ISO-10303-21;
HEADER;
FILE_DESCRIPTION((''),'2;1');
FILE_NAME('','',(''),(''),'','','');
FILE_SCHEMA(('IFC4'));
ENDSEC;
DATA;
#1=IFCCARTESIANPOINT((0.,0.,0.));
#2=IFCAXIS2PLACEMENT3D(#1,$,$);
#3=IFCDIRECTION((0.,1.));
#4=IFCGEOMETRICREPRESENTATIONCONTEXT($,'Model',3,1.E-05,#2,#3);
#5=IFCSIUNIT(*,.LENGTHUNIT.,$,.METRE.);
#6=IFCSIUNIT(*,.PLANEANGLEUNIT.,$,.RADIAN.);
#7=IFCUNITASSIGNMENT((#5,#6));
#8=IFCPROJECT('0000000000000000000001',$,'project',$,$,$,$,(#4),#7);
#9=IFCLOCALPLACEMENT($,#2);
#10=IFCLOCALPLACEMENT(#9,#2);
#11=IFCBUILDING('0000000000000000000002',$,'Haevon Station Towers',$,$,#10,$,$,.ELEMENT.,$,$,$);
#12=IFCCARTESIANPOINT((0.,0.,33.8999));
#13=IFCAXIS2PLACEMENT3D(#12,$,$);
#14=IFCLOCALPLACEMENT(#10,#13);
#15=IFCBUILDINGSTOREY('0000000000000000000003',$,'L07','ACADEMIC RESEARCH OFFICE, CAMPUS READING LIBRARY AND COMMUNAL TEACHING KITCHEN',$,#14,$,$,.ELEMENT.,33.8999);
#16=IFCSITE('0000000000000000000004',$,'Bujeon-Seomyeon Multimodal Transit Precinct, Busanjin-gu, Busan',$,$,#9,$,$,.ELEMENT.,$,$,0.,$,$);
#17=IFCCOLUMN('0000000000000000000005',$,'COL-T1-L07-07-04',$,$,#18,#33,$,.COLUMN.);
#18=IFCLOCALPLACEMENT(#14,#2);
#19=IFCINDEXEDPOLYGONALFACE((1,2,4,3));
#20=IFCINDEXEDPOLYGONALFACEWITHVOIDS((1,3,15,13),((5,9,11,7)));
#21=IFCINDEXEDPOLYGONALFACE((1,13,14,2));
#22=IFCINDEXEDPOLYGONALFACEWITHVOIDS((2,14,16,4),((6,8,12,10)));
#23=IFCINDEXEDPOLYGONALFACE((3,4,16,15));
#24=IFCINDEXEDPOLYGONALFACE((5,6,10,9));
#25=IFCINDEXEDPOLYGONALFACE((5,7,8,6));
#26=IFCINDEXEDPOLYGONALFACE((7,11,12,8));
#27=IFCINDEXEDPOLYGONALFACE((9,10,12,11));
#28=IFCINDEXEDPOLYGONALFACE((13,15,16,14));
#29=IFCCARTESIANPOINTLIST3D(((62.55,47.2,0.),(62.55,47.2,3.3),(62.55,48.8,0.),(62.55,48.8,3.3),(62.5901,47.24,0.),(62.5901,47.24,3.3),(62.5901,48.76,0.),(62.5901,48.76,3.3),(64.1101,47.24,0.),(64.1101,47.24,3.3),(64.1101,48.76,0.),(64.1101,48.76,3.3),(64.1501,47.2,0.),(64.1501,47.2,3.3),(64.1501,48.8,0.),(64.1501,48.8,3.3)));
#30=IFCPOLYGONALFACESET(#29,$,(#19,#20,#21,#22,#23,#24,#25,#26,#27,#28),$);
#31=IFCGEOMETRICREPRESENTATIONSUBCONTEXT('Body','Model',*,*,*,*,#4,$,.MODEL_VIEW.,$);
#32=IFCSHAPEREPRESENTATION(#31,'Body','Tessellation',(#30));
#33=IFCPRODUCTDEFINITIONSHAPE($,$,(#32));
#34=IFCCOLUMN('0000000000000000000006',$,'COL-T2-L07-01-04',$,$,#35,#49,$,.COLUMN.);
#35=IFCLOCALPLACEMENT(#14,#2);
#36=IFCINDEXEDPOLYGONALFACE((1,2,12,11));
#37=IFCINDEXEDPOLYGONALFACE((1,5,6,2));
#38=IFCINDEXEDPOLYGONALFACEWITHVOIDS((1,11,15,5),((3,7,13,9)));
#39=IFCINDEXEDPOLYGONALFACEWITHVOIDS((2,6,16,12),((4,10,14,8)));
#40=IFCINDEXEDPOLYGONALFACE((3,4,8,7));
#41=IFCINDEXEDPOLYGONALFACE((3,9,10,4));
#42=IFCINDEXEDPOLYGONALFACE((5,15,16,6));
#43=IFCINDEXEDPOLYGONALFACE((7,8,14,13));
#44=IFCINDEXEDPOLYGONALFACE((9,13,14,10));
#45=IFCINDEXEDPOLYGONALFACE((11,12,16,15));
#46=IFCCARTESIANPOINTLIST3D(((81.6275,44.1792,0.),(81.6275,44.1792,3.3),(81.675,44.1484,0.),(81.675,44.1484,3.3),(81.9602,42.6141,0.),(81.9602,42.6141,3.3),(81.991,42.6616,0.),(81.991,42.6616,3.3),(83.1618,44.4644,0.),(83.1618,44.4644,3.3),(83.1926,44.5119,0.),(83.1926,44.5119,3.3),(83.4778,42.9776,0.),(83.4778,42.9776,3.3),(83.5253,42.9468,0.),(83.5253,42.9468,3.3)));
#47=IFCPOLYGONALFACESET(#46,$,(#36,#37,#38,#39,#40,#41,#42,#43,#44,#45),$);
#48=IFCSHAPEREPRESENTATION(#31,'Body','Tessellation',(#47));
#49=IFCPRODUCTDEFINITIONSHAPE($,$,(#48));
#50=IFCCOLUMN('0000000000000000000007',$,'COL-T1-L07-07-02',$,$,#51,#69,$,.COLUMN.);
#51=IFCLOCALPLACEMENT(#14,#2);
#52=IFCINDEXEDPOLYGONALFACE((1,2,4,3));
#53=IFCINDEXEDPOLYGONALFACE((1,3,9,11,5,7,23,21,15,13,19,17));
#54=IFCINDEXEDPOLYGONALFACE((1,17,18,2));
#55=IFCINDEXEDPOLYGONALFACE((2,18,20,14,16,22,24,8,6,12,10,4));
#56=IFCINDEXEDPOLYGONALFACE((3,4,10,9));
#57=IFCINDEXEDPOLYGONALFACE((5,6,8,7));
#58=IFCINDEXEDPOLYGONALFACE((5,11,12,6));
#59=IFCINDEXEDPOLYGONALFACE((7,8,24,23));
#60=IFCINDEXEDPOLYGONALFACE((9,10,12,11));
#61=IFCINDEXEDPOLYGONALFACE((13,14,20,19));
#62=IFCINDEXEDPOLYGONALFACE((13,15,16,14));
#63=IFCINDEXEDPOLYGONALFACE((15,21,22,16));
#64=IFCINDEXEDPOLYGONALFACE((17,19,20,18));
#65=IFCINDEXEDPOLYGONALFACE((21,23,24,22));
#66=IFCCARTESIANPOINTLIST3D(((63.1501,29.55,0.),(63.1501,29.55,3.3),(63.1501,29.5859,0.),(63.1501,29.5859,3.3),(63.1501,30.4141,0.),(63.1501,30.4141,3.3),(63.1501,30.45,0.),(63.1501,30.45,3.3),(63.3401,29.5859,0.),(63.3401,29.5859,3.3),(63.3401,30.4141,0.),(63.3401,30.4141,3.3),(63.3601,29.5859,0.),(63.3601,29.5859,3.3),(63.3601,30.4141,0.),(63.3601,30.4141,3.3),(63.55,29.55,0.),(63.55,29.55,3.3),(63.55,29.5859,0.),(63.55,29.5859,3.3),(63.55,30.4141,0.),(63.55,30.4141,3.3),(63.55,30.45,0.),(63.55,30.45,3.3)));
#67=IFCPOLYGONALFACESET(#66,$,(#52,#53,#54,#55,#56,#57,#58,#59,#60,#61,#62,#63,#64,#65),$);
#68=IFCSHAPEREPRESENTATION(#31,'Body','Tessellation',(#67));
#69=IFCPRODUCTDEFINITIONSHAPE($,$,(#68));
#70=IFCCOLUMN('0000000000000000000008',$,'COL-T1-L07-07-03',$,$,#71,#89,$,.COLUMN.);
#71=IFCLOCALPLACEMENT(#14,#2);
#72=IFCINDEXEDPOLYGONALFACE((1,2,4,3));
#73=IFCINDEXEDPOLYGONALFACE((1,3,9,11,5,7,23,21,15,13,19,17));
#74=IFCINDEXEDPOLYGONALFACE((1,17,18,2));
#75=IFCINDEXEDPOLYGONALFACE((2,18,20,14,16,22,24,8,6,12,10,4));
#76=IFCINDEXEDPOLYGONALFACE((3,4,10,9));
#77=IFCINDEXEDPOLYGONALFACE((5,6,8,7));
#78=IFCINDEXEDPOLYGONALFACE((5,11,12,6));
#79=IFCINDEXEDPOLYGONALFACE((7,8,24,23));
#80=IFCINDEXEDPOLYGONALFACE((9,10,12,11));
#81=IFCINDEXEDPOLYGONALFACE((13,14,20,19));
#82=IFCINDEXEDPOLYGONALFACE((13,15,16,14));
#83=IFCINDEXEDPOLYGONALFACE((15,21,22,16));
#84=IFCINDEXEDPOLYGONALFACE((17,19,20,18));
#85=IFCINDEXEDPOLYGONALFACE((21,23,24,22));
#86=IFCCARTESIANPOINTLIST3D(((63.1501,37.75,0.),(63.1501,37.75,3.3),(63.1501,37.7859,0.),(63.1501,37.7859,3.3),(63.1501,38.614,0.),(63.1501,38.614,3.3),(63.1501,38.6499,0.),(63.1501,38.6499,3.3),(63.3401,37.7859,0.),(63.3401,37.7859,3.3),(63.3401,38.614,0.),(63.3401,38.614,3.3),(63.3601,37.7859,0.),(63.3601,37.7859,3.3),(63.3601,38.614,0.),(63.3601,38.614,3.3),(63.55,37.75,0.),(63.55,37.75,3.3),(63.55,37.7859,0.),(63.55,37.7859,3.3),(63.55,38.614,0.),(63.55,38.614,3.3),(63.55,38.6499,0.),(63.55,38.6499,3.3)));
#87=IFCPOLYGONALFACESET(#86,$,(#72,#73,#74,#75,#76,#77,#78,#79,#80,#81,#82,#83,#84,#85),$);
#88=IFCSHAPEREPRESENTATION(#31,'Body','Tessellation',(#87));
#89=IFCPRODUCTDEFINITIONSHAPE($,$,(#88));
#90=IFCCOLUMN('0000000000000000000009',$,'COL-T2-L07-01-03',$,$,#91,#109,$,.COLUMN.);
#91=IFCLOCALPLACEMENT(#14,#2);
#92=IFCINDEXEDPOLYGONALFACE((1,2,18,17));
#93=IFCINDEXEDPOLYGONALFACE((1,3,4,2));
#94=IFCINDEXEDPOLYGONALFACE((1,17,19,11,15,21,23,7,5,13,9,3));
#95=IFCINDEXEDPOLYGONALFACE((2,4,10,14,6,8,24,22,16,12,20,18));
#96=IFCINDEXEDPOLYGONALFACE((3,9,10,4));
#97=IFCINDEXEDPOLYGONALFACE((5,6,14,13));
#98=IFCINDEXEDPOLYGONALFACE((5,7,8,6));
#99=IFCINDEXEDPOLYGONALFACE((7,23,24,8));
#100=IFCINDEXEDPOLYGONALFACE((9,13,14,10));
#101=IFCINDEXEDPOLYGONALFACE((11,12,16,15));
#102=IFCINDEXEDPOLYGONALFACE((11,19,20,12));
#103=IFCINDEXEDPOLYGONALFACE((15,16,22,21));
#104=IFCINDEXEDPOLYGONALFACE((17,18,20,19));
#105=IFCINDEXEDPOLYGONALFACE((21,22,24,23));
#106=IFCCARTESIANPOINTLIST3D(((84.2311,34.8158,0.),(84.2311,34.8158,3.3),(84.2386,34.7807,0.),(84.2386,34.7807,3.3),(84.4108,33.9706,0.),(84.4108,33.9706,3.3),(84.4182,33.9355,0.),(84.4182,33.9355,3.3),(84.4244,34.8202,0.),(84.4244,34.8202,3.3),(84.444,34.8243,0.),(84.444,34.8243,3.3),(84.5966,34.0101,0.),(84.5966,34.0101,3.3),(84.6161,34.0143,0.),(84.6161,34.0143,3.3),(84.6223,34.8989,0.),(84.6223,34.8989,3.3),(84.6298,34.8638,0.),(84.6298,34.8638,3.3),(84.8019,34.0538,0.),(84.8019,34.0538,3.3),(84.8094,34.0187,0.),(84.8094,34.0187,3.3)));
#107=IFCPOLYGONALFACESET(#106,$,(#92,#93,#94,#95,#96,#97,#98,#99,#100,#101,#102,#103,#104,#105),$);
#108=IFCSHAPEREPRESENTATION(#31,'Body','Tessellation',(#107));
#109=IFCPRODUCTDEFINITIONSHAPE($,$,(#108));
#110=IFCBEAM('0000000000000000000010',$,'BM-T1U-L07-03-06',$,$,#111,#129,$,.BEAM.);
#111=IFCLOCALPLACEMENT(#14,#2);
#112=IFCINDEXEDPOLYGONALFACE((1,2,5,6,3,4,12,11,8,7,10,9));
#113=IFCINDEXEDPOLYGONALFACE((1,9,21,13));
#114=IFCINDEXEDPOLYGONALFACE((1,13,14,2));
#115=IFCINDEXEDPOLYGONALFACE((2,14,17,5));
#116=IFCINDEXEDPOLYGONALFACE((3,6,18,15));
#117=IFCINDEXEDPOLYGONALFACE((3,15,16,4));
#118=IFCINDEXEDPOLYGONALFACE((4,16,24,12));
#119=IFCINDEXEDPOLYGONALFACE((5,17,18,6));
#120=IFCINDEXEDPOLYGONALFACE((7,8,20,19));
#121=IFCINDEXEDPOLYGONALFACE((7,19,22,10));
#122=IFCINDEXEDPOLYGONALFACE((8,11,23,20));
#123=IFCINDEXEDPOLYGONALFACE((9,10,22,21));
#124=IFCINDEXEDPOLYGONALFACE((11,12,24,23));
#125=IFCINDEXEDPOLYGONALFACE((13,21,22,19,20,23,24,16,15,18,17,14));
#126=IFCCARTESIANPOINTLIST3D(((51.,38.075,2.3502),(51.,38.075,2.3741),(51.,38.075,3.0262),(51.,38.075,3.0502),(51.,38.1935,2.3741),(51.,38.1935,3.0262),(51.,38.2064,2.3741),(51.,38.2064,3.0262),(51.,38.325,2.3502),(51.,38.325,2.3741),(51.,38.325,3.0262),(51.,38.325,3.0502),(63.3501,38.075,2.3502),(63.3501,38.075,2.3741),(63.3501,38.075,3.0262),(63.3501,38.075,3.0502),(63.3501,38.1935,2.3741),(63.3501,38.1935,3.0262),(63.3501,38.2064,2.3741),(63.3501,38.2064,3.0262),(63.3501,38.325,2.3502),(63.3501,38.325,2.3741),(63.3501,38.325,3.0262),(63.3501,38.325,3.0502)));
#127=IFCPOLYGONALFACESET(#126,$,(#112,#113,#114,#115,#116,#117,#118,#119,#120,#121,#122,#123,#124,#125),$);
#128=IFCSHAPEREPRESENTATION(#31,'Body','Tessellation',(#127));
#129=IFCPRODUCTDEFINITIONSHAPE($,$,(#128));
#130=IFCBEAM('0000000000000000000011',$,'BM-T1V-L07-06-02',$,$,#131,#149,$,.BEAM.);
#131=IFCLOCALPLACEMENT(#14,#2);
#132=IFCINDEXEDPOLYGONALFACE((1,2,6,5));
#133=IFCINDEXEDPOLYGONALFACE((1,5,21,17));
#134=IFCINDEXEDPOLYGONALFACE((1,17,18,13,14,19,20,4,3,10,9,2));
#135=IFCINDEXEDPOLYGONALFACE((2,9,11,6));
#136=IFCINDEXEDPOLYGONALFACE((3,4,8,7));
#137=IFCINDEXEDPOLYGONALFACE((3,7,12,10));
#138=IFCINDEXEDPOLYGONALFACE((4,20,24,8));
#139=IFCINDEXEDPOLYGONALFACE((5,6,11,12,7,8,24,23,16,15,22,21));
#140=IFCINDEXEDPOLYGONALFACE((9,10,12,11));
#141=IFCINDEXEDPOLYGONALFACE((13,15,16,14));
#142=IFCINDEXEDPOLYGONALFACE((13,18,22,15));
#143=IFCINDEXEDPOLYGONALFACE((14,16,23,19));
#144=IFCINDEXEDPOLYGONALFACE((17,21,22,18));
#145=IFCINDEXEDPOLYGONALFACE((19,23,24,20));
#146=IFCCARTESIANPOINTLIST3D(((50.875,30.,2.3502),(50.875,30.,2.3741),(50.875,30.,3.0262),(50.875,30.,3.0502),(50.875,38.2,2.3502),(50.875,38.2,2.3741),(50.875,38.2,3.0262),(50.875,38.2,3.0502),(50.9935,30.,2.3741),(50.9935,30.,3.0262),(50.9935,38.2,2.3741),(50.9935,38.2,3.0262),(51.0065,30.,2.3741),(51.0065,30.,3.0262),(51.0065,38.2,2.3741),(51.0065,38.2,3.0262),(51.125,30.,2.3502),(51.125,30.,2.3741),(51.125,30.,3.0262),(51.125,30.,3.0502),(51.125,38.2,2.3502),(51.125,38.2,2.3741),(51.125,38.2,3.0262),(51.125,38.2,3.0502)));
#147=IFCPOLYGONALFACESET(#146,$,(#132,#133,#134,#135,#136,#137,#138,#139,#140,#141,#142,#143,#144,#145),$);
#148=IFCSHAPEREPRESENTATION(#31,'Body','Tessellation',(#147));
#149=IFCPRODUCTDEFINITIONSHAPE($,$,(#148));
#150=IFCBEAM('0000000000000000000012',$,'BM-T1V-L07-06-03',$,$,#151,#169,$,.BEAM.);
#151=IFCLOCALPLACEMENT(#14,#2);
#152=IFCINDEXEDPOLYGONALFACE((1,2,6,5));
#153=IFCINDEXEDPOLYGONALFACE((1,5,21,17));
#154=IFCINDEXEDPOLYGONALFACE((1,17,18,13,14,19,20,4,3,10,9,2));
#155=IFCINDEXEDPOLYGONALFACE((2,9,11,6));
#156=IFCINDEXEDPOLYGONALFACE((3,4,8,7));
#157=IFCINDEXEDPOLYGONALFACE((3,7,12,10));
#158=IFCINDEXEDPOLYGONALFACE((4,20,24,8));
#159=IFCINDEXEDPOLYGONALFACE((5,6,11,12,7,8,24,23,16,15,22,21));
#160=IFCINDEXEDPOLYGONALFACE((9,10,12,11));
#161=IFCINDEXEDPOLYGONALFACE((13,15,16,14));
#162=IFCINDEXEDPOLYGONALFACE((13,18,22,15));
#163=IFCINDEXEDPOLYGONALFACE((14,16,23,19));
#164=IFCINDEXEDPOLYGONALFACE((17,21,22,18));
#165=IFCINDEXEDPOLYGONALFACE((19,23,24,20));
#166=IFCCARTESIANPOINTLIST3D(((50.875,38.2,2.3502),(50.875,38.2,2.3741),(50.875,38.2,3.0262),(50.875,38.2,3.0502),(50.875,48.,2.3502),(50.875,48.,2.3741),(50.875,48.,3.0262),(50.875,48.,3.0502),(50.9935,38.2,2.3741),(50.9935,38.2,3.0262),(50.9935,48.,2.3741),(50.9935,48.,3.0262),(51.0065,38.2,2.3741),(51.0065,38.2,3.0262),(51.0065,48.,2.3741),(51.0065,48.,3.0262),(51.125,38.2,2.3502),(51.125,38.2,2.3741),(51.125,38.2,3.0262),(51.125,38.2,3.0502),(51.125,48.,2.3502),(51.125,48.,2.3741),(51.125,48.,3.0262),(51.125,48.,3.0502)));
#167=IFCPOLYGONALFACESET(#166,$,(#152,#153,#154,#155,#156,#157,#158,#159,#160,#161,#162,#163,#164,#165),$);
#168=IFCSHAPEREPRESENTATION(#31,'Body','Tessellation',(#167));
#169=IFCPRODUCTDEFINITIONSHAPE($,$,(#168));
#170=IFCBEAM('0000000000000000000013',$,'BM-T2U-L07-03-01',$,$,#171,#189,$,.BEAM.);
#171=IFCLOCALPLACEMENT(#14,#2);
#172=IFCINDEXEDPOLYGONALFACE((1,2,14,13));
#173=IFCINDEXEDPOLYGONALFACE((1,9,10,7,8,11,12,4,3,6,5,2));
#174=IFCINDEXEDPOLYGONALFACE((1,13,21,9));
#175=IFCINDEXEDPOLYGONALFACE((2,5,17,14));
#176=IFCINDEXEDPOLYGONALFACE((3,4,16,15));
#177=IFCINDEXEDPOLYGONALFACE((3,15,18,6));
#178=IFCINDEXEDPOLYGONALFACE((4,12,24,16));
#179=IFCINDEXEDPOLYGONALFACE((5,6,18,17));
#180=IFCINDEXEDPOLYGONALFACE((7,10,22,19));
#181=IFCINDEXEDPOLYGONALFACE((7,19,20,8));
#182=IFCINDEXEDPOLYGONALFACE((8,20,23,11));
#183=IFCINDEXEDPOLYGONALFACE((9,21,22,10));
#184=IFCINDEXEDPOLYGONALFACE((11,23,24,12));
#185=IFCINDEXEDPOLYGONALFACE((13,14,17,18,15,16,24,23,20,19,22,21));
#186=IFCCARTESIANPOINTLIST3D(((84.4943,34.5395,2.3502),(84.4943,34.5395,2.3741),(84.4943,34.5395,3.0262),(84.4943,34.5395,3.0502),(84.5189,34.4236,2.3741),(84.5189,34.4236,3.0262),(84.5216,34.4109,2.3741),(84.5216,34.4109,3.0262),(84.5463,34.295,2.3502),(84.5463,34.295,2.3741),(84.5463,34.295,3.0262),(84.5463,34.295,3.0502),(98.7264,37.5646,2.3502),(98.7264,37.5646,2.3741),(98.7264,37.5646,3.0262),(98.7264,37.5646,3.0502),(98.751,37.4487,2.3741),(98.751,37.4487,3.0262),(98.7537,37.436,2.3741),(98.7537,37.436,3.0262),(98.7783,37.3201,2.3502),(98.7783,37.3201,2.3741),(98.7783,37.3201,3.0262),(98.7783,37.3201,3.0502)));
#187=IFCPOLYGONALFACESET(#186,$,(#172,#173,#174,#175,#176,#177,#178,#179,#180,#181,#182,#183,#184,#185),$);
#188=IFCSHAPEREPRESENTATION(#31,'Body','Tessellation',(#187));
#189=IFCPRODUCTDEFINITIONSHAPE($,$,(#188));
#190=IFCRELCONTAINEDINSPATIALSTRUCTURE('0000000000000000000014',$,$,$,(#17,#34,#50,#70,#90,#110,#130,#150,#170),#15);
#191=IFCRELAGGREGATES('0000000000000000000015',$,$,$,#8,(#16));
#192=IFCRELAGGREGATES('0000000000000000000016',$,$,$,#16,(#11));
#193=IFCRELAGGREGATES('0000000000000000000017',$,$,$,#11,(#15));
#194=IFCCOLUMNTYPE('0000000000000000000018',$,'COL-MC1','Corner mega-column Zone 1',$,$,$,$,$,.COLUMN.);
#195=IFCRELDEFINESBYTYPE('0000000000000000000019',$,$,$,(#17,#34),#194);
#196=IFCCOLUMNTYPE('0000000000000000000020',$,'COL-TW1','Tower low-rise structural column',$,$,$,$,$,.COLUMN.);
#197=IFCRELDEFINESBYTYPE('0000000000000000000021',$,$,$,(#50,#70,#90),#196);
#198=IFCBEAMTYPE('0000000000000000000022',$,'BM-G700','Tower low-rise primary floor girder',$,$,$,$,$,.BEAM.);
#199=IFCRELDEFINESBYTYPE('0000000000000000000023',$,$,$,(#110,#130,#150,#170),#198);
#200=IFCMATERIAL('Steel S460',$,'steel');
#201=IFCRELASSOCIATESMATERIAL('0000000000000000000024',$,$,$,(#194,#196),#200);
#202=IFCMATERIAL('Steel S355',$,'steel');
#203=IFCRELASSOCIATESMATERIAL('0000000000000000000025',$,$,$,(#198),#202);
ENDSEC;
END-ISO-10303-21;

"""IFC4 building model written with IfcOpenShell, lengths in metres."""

from ifc_helpers import new_model, si_unit, direction, frame, origin, origin_2d, place, context, subcontext, project, spatial, hollow_rectangle, i_section, extrude, material, material_profile, profile_set, type_object, element, save


model = new_model("IFC4")

# Units and contexts
model_context = context("Model", 3, precision=1e-05, world=origin(), true_north=direction((0.0, 1.0)))
body_context = subcontext(model_context, "Body", "Model", "MODEL_VIEW")
ifc_project = project(units=[si_unit("LENGTHUNIT", "METRE"), si_unit("PLANEANGLEUNIT", "RADIAN")], contexts=[model_context])

# Site, building, storey
site_placement = place(None, origin())
site = spatial("IfcSite", under=ifc_project, at=site_placement, Name="Bujeon-Seomyeon Multimodal Transit Precinct, Busanjin-gu, Busan", CompositionType="ELEMENT", RefElevation=0.0)
building_placement = place(site_placement, origin())
building = spatial("IfcBuilding", under=site, at=building_placement, Name="Haevon Station Towers", CompositionType="ELEMENT")
storey_placement = place(building_placement, frame((0.0, 0.0, 33.8999)))
storey = spatial("IfcBuildingStorey", under=building, at=storey_placement, Name="L07", Description="ACADEMIC RESEARCH OFFICE, CAMPUS READING LIBRARY AND COMMUNAL TEACHING KITCHEN", CompositionType="ELEMENT", Elevation=33.8999)

# Columns
ifc_material_1 = material(Name="Steel S460", Category="steel")
ifc_material_profile_1 = material_profile(ifc_material_1, hollow_rectangle(XDim=1.6001, YDim=1.6001, WallThickness=0.04, at=origin_2d()), Name="BOX-1600x1600x40")
ifc_profile_set_1 = profile_set([ifc_material_profile_1], Name="Steel S460")
column_type_1 = type_object("IfcColumnType", Name="COL-MC1", Description="Corner mega-column Zone 1", PredefinedType="COLUMN", material=ifc_profile_set_1)
for number, where, z_axis, x_axis, name in (
    (1, (63.3501, 48.0, 0.0), (0.0, 0.0, 1.0), (1.0, 0.0, 0.0), "COL-T1-L07-07-04"),
    (2, (82.5764, 43.563, 0.0), (0.0, 0.0, 1.0), (0.978148, 0.207912, 0.0), "COL-T2-L07-01-04"),
):
    element("IfcColumn", number, at=place(storey_placement, frame(where, z_axis=z_axis, x_axis=x_axis)), inside=storey, type_object=column_type_1, Name=name, PredefinedType="COLUMN", context=body_context, shape_type="SweptSolid", body=[
        extrude(hollow_rectangle(XDim=1.6001, YDim=1.6001, WallThickness=0.04, at=origin_2d()), origin(), (0.0, 0.0, 1.0), 3.3),
    ])
ifc_material_profile_2 = material_profile(ifc_material_1, i_section(OverallWidth=0.3999, OverallDepth=0.8999, WebThickness=0.02, FlangeThickness=0.0359, at=origin_2d()), Name="H-900x400x20x36")
ifc_profile_set_2 = profile_set([ifc_material_profile_2], Name="Steel S460")
column_type_2 = type_object("IfcColumnType", Name="COL-TW1", Description="Tower low-rise structural column", PredefinedType="COLUMN", material=ifc_profile_set_2)
for number, where, z_axis, x_axis, name in (
    (3, (63.3501, 30.0, 0.0), (0.0, 0.0, 1.0), (1.0, 0.0, 0.0), "COL-T1-L07-07-02"),
    (4, (63.3501, 38.2, 0.0), (0.0, 0.0, 1.0), (1.0, 0.0, 0.0), "COL-T1-L07-07-03"),
    (5, (84.5203, 34.4172, 0.0), (0.0, 0.0, 1.0), (0.978148, 0.207912, 0.0), "COL-T2-L07-01-03"),
):
    element("IfcColumn", number, at=place(storey_placement, frame(where, z_axis=z_axis, x_axis=x_axis)), inside=storey, type_object=column_type_2, Name=name, PredefinedType="COLUMN", context=body_context, shape_type="SweptSolid", body=[
        extrude(i_section(OverallWidth=0.3999, OverallDepth=0.8999, WebThickness=0.02, FlangeThickness=0.0359, at=origin_2d()), origin(), (0.0, 0.0, 1.0), 3.3),
    ])

# Beams
ifc_material_2 = material(Name="Steel S355", Category="steel")
ifc_material_profile_3 = material_profile(ifc_material_2, i_section(OverallWidth=0.25, OverallDepth=0.7, WebThickness=0.0129, FlangeThickness=0.0239, at=origin_2d()), Name="H-700x250x13x24")
ifc_profile_set_3 = profile_set([ifc_material_profile_3], Name="Steel S355")
beam_type_1 = type_object("IfcBeamType", Name="BM-G700", Description="Tower low-rise primary floor girder", PredefinedType="BEAM", material=ifc_profile_set_3)
beam_1_placement = place(storey_placement, frame((51.0, 38.2, 2.7002), z_axis=(1.0, 0.0, 0.0), x_axis=(0.0, 1.0, 0.0)))
element("IfcBeam", 6, at=beam_1_placement, inside=storey, type_object=beam_type_1, Name="BM-T1U-L07-03-06", PredefinedType="BEAM", context=body_context, shape_type="SweptSolid", body=[
    extrude(i_section(OverallWidth=0.25, OverallDepth=0.7, WebThickness=0.0129, FlangeThickness=0.0239, at=origin_2d()), origin(), (0.0, 0.0, 1.0), 12.3501),
])
beam_2_placement = place(storey_placement, frame((51.0, 30.0, 2.7002), z_axis=(0.0, 1.0, 0.0), x_axis=(-1.0, 0.0, 0.0)))
element("IfcBeam", 7, at=beam_2_placement, inside=storey, type_object=beam_type_1, Name="BM-T1V-L07-06-02", PredefinedType="BEAM", context=body_context, shape_type="SweptSolid", body=[
    extrude(i_section(OverallWidth=0.25, OverallDepth=0.7, WebThickness=0.0129, FlangeThickness=0.0239, at=origin_2d()), origin(), (0.0, 0.0, 1.0), 8.2),
])
beam_3_placement = place(storey_placement, frame((51.0, 38.2, 2.7002), z_axis=(0.0, 1.0, 0.0), x_axis=(-1.0, 0.0, 0.0)))
element("IfcBeam", 8, at=beam_3_placement, inside=storey, type_object=beam_type_1, Name="BM-T1V-L07-06-03", PredefinedType="BEAM", context=body_context, shape_type="SweptSolid", body=[
    extrude(i_section(OverallWidth=0.25, OverallDepth=0.7, WebThickness=0.0129, FlangeThickness=0.0239, at=origin_2d()), origin(), (0.0, 0.0, 1.0), 9.8),
])
beam_4_placement = place(storey_placement, frame((84.5203, 34.4172, 2.7002), z_axis=(0.978148, 0.207912, 0.0), x_axis=(-0.207912, 0.978148, 0.0)))
element("IfcBeam", 9, at=beam_4_placement, inside=storey, type_object=beam_type_1, Name="BM-T2U-L07-03-01", PredefinedType="BEAM", context=body_context, shape_type="SweptSolid", body=[
    extrude(i_section(OverallWidth=0.25, OverallDepth=0.7, WebThickness=0.0129, FlangeThickness=0.0239, at=origin_2d()), origin(), (0.0, 0.0, 1.0), 14.55),
])

save(model, "model.ifc")
